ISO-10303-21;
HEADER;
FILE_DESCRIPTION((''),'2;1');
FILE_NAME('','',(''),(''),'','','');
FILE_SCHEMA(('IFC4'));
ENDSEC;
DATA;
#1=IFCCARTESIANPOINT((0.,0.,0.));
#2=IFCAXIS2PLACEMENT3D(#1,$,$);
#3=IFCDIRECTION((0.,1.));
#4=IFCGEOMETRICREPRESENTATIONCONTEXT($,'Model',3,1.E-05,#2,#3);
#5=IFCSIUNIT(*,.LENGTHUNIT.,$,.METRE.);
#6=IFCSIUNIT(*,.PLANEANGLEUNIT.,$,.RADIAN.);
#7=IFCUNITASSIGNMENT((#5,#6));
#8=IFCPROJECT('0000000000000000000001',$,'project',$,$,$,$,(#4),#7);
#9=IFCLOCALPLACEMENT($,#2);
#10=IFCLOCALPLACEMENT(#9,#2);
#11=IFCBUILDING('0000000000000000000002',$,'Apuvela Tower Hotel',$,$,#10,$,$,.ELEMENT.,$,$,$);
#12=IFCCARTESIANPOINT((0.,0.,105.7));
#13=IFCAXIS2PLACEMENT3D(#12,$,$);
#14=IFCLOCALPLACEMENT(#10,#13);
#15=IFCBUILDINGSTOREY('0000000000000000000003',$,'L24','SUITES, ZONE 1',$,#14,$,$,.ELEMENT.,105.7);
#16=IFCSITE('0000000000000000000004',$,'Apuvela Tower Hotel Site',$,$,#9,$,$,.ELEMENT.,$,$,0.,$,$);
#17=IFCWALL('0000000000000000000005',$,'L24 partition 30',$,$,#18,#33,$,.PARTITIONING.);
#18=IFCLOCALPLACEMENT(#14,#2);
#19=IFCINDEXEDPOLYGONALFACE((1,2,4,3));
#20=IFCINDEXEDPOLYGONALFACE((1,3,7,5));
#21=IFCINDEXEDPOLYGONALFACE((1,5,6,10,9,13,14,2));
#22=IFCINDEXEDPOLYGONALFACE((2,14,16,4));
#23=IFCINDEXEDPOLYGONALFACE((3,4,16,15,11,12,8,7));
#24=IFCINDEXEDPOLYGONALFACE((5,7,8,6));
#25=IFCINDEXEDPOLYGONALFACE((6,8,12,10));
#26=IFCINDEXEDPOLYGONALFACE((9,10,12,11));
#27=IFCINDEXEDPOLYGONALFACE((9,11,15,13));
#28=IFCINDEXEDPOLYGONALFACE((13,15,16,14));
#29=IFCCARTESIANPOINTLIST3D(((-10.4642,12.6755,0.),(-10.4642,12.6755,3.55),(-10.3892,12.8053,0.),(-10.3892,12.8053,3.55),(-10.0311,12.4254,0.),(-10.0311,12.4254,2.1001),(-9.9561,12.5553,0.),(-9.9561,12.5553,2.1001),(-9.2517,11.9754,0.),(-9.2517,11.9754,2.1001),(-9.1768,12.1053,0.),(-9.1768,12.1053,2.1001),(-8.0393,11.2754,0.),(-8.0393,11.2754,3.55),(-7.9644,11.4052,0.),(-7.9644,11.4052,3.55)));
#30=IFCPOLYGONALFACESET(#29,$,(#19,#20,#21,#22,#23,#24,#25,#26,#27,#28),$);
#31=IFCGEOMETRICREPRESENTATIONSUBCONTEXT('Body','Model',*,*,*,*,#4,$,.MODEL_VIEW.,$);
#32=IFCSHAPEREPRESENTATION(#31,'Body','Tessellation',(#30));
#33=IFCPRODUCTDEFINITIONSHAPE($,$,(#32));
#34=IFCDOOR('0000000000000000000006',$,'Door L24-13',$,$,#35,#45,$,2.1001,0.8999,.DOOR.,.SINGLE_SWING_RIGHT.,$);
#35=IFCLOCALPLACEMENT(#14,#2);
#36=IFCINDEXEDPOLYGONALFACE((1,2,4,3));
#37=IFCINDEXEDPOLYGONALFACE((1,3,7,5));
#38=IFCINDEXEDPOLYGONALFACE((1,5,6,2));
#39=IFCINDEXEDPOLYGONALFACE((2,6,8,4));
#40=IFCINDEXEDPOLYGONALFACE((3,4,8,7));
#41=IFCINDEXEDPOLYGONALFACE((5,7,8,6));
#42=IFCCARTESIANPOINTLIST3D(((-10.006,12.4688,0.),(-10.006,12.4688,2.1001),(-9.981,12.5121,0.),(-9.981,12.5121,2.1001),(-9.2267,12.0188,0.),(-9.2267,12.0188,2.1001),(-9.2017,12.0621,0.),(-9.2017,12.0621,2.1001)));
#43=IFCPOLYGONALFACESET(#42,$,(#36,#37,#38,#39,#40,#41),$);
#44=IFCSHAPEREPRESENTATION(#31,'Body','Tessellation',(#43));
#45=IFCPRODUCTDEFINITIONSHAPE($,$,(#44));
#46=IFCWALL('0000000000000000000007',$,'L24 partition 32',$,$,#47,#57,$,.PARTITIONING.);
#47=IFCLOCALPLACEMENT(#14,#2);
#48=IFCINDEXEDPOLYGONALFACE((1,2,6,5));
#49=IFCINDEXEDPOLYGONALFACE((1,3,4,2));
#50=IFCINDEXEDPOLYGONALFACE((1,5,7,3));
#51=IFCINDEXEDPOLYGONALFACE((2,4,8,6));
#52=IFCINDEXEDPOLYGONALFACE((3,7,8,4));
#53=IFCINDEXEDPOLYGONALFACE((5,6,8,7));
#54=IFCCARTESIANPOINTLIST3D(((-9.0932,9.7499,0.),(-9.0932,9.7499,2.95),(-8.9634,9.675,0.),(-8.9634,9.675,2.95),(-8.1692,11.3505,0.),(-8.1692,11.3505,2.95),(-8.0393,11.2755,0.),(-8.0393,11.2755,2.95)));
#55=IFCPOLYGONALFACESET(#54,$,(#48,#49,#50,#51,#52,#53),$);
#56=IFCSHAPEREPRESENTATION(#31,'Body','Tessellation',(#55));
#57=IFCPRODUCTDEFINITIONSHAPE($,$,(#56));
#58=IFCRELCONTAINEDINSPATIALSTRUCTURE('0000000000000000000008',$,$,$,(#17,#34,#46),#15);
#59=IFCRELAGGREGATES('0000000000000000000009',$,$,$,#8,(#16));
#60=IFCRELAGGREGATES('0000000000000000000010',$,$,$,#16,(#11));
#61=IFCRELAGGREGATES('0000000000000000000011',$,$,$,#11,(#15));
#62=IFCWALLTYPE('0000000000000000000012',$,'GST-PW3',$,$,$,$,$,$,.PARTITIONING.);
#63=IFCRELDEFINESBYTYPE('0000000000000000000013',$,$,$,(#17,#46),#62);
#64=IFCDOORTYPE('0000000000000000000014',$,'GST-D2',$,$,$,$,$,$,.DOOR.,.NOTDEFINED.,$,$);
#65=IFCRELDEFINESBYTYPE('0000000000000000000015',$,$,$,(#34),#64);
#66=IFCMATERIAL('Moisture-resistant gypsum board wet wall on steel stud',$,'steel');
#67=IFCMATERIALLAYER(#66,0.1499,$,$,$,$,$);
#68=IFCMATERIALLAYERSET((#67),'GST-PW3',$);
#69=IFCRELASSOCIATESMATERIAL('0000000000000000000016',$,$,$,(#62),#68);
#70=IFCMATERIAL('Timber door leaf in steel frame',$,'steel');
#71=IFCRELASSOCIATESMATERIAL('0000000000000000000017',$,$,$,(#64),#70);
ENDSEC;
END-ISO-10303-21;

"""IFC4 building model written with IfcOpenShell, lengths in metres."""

from ifc_helpers import new_model, si_unit, direction, frame, frame_2d, origin, place, context, subcontext, project, spatial, rectangle, extrude, material, layer, layer_set, type_object, element, fill, save


model = new_model("IFC4")

# Units and contexts
model_context = context("Model", 3, precision=1e-05, world=origin(), true_north=direction((0.0, 1.0)))
body_context = subcontext(model_context, "Body", "Model", "MODEL_VIEW")
ifc_project = project(units=[si_unit("LENGTHUNIT", "METRE"), si_unit("PLANEANGLEUNIT", "RADIAN")], contexts=[model_context])

# Site, building, storey
site_placement = place(None, origin())
site = spatial("IfcSite", under=ifc_project, at=site_placement, Name="Apuvela Tower Hotel Site", CompositionType="ELEMENT", RefElevation=0.0)
building_placement = place(site_placement, origin())
building = spatial("IfcBuilding", under=site, at=building_placement, Name="Apuvela Tower Hotel", CompositionType="ELEMENT")
storey_placement = place(building_placement, frame((0.0, 0.0, 105.7)))
storey = spatial("IfcBuildingStorey", under=building, at=storey_placement, Name="L24", Description="SUITES, ZONE 1", CompositionType="ELEMENT", Elevation=105.7)

# Wall, opening, door
ifc_material_1 = material(Name="Moisture-resistant gypsum board wet wall on steel stud", Category="steel")
ifc_layer_1 = layer(ifc_material_1, 0.1499)
ifc_layer_set_1 = layer_set([ifc_layer_1], Name="GST-PW3")
wall_type_1 = type_object("IfcWallType", Name="GST-PW3", PredefinedType="PARTITIONING", material=ifc_layer_set_1)
wall_1_placement = place(storey_placement, frame((-8.002, 11.3403, 0.0), z_axis=(0.0, 0.0, 1.0), x_axis=(-0.865997, 0.50005, 0.0)))
wall_1 = element("IfcWall", 1, at=wall_1_placement, inside=storey, type_object=wall_type_1, Name="L24 partition 30", PredefinedType="PARTITIONING", context=body_context, shape_type="SweptSolid", body=[
    extrude(rectangle(XDim=2.8, YDim=0.1499, at=frame_2d((1.3999, 0.0))), origin(), (0.0, 0.0, 1.0), 3.55),
])
opening_1_placement = place(wall_1_placement, frame((1.3999, 0.0, 0.0)))
opening_1 = element("IfcOpeningElement", 2, at=opening_1_placement, cuts=wall_1, PredefinedType="OPENING", context=body_context, shape_type="SweptSolid", body=[
    extrude(rectangle(XDim=0.8999, YDim=2.1001, at=frame_2d((0.45, 1.05))), frame((0.0, 0.085, 0.0), z_axis=(0.0, -1.0, 0.0), x_axis=(1.0, 0.0, 0.0)), (0.0, 0.0, 1.0), 0.1699),
])
ifc_material_2 = material(Name="Timber door leaf in steel frame", Category="steel")
door_type_1 = type_object("IfcDoorType", Name="GST-D2", OperationType="NOTDEFINED", PredefinedType="DOOR", material=ifc_material_2)
door_1_placement = place(opening_1_placement, origin())
door_1 = element("IfcDoor", 3, at=door_1_placement, inside=storey, type_object=door_type_1, Name="Door L24-13", OperationType="SINGLE_SWING_RIGHT", OverallHeight=2.1001, OverallWidth=0.8999, PredefinedType="DOOR", context=body_context, shape_type="SweptSolid", body=[
    extrude(rectangle(XDim=0.8999, YDim=2.1001, at=frame_2d((0.45, 1.05))), frame((0.0, 0.0249, 0.0), z_axis=(0.0, -1.0, 0.0), x_axis=(1.0, 0.0, 0.0)), (0.0, 0.0, 1.0), 0.05),
])
fill(opening_1, door_1)

# Wall
wall_2_placement = place(storey_placement, frame((-8.1042, 11.313, 0.0), z_axis=(0.0, 0.0, 1.0), x_axis=(-0.499989, -0.866032, 0.0)))
element("IfcWall", 4, at=wall_2_placement, inside=storey, type_object=wall_type_1, Name="L24 partition 32", PredefinedType="PARTITIONING", context=body_context, shape_type="SweptSolid", body=[
    extrude(rectangle(XDim=1.8481, YDim=0.1499, at=frame_2d((0.9241, 0.0))), origin(), (0.0, 0.0, 1.0), 2.95),
])

save(model, "model.ifc")
